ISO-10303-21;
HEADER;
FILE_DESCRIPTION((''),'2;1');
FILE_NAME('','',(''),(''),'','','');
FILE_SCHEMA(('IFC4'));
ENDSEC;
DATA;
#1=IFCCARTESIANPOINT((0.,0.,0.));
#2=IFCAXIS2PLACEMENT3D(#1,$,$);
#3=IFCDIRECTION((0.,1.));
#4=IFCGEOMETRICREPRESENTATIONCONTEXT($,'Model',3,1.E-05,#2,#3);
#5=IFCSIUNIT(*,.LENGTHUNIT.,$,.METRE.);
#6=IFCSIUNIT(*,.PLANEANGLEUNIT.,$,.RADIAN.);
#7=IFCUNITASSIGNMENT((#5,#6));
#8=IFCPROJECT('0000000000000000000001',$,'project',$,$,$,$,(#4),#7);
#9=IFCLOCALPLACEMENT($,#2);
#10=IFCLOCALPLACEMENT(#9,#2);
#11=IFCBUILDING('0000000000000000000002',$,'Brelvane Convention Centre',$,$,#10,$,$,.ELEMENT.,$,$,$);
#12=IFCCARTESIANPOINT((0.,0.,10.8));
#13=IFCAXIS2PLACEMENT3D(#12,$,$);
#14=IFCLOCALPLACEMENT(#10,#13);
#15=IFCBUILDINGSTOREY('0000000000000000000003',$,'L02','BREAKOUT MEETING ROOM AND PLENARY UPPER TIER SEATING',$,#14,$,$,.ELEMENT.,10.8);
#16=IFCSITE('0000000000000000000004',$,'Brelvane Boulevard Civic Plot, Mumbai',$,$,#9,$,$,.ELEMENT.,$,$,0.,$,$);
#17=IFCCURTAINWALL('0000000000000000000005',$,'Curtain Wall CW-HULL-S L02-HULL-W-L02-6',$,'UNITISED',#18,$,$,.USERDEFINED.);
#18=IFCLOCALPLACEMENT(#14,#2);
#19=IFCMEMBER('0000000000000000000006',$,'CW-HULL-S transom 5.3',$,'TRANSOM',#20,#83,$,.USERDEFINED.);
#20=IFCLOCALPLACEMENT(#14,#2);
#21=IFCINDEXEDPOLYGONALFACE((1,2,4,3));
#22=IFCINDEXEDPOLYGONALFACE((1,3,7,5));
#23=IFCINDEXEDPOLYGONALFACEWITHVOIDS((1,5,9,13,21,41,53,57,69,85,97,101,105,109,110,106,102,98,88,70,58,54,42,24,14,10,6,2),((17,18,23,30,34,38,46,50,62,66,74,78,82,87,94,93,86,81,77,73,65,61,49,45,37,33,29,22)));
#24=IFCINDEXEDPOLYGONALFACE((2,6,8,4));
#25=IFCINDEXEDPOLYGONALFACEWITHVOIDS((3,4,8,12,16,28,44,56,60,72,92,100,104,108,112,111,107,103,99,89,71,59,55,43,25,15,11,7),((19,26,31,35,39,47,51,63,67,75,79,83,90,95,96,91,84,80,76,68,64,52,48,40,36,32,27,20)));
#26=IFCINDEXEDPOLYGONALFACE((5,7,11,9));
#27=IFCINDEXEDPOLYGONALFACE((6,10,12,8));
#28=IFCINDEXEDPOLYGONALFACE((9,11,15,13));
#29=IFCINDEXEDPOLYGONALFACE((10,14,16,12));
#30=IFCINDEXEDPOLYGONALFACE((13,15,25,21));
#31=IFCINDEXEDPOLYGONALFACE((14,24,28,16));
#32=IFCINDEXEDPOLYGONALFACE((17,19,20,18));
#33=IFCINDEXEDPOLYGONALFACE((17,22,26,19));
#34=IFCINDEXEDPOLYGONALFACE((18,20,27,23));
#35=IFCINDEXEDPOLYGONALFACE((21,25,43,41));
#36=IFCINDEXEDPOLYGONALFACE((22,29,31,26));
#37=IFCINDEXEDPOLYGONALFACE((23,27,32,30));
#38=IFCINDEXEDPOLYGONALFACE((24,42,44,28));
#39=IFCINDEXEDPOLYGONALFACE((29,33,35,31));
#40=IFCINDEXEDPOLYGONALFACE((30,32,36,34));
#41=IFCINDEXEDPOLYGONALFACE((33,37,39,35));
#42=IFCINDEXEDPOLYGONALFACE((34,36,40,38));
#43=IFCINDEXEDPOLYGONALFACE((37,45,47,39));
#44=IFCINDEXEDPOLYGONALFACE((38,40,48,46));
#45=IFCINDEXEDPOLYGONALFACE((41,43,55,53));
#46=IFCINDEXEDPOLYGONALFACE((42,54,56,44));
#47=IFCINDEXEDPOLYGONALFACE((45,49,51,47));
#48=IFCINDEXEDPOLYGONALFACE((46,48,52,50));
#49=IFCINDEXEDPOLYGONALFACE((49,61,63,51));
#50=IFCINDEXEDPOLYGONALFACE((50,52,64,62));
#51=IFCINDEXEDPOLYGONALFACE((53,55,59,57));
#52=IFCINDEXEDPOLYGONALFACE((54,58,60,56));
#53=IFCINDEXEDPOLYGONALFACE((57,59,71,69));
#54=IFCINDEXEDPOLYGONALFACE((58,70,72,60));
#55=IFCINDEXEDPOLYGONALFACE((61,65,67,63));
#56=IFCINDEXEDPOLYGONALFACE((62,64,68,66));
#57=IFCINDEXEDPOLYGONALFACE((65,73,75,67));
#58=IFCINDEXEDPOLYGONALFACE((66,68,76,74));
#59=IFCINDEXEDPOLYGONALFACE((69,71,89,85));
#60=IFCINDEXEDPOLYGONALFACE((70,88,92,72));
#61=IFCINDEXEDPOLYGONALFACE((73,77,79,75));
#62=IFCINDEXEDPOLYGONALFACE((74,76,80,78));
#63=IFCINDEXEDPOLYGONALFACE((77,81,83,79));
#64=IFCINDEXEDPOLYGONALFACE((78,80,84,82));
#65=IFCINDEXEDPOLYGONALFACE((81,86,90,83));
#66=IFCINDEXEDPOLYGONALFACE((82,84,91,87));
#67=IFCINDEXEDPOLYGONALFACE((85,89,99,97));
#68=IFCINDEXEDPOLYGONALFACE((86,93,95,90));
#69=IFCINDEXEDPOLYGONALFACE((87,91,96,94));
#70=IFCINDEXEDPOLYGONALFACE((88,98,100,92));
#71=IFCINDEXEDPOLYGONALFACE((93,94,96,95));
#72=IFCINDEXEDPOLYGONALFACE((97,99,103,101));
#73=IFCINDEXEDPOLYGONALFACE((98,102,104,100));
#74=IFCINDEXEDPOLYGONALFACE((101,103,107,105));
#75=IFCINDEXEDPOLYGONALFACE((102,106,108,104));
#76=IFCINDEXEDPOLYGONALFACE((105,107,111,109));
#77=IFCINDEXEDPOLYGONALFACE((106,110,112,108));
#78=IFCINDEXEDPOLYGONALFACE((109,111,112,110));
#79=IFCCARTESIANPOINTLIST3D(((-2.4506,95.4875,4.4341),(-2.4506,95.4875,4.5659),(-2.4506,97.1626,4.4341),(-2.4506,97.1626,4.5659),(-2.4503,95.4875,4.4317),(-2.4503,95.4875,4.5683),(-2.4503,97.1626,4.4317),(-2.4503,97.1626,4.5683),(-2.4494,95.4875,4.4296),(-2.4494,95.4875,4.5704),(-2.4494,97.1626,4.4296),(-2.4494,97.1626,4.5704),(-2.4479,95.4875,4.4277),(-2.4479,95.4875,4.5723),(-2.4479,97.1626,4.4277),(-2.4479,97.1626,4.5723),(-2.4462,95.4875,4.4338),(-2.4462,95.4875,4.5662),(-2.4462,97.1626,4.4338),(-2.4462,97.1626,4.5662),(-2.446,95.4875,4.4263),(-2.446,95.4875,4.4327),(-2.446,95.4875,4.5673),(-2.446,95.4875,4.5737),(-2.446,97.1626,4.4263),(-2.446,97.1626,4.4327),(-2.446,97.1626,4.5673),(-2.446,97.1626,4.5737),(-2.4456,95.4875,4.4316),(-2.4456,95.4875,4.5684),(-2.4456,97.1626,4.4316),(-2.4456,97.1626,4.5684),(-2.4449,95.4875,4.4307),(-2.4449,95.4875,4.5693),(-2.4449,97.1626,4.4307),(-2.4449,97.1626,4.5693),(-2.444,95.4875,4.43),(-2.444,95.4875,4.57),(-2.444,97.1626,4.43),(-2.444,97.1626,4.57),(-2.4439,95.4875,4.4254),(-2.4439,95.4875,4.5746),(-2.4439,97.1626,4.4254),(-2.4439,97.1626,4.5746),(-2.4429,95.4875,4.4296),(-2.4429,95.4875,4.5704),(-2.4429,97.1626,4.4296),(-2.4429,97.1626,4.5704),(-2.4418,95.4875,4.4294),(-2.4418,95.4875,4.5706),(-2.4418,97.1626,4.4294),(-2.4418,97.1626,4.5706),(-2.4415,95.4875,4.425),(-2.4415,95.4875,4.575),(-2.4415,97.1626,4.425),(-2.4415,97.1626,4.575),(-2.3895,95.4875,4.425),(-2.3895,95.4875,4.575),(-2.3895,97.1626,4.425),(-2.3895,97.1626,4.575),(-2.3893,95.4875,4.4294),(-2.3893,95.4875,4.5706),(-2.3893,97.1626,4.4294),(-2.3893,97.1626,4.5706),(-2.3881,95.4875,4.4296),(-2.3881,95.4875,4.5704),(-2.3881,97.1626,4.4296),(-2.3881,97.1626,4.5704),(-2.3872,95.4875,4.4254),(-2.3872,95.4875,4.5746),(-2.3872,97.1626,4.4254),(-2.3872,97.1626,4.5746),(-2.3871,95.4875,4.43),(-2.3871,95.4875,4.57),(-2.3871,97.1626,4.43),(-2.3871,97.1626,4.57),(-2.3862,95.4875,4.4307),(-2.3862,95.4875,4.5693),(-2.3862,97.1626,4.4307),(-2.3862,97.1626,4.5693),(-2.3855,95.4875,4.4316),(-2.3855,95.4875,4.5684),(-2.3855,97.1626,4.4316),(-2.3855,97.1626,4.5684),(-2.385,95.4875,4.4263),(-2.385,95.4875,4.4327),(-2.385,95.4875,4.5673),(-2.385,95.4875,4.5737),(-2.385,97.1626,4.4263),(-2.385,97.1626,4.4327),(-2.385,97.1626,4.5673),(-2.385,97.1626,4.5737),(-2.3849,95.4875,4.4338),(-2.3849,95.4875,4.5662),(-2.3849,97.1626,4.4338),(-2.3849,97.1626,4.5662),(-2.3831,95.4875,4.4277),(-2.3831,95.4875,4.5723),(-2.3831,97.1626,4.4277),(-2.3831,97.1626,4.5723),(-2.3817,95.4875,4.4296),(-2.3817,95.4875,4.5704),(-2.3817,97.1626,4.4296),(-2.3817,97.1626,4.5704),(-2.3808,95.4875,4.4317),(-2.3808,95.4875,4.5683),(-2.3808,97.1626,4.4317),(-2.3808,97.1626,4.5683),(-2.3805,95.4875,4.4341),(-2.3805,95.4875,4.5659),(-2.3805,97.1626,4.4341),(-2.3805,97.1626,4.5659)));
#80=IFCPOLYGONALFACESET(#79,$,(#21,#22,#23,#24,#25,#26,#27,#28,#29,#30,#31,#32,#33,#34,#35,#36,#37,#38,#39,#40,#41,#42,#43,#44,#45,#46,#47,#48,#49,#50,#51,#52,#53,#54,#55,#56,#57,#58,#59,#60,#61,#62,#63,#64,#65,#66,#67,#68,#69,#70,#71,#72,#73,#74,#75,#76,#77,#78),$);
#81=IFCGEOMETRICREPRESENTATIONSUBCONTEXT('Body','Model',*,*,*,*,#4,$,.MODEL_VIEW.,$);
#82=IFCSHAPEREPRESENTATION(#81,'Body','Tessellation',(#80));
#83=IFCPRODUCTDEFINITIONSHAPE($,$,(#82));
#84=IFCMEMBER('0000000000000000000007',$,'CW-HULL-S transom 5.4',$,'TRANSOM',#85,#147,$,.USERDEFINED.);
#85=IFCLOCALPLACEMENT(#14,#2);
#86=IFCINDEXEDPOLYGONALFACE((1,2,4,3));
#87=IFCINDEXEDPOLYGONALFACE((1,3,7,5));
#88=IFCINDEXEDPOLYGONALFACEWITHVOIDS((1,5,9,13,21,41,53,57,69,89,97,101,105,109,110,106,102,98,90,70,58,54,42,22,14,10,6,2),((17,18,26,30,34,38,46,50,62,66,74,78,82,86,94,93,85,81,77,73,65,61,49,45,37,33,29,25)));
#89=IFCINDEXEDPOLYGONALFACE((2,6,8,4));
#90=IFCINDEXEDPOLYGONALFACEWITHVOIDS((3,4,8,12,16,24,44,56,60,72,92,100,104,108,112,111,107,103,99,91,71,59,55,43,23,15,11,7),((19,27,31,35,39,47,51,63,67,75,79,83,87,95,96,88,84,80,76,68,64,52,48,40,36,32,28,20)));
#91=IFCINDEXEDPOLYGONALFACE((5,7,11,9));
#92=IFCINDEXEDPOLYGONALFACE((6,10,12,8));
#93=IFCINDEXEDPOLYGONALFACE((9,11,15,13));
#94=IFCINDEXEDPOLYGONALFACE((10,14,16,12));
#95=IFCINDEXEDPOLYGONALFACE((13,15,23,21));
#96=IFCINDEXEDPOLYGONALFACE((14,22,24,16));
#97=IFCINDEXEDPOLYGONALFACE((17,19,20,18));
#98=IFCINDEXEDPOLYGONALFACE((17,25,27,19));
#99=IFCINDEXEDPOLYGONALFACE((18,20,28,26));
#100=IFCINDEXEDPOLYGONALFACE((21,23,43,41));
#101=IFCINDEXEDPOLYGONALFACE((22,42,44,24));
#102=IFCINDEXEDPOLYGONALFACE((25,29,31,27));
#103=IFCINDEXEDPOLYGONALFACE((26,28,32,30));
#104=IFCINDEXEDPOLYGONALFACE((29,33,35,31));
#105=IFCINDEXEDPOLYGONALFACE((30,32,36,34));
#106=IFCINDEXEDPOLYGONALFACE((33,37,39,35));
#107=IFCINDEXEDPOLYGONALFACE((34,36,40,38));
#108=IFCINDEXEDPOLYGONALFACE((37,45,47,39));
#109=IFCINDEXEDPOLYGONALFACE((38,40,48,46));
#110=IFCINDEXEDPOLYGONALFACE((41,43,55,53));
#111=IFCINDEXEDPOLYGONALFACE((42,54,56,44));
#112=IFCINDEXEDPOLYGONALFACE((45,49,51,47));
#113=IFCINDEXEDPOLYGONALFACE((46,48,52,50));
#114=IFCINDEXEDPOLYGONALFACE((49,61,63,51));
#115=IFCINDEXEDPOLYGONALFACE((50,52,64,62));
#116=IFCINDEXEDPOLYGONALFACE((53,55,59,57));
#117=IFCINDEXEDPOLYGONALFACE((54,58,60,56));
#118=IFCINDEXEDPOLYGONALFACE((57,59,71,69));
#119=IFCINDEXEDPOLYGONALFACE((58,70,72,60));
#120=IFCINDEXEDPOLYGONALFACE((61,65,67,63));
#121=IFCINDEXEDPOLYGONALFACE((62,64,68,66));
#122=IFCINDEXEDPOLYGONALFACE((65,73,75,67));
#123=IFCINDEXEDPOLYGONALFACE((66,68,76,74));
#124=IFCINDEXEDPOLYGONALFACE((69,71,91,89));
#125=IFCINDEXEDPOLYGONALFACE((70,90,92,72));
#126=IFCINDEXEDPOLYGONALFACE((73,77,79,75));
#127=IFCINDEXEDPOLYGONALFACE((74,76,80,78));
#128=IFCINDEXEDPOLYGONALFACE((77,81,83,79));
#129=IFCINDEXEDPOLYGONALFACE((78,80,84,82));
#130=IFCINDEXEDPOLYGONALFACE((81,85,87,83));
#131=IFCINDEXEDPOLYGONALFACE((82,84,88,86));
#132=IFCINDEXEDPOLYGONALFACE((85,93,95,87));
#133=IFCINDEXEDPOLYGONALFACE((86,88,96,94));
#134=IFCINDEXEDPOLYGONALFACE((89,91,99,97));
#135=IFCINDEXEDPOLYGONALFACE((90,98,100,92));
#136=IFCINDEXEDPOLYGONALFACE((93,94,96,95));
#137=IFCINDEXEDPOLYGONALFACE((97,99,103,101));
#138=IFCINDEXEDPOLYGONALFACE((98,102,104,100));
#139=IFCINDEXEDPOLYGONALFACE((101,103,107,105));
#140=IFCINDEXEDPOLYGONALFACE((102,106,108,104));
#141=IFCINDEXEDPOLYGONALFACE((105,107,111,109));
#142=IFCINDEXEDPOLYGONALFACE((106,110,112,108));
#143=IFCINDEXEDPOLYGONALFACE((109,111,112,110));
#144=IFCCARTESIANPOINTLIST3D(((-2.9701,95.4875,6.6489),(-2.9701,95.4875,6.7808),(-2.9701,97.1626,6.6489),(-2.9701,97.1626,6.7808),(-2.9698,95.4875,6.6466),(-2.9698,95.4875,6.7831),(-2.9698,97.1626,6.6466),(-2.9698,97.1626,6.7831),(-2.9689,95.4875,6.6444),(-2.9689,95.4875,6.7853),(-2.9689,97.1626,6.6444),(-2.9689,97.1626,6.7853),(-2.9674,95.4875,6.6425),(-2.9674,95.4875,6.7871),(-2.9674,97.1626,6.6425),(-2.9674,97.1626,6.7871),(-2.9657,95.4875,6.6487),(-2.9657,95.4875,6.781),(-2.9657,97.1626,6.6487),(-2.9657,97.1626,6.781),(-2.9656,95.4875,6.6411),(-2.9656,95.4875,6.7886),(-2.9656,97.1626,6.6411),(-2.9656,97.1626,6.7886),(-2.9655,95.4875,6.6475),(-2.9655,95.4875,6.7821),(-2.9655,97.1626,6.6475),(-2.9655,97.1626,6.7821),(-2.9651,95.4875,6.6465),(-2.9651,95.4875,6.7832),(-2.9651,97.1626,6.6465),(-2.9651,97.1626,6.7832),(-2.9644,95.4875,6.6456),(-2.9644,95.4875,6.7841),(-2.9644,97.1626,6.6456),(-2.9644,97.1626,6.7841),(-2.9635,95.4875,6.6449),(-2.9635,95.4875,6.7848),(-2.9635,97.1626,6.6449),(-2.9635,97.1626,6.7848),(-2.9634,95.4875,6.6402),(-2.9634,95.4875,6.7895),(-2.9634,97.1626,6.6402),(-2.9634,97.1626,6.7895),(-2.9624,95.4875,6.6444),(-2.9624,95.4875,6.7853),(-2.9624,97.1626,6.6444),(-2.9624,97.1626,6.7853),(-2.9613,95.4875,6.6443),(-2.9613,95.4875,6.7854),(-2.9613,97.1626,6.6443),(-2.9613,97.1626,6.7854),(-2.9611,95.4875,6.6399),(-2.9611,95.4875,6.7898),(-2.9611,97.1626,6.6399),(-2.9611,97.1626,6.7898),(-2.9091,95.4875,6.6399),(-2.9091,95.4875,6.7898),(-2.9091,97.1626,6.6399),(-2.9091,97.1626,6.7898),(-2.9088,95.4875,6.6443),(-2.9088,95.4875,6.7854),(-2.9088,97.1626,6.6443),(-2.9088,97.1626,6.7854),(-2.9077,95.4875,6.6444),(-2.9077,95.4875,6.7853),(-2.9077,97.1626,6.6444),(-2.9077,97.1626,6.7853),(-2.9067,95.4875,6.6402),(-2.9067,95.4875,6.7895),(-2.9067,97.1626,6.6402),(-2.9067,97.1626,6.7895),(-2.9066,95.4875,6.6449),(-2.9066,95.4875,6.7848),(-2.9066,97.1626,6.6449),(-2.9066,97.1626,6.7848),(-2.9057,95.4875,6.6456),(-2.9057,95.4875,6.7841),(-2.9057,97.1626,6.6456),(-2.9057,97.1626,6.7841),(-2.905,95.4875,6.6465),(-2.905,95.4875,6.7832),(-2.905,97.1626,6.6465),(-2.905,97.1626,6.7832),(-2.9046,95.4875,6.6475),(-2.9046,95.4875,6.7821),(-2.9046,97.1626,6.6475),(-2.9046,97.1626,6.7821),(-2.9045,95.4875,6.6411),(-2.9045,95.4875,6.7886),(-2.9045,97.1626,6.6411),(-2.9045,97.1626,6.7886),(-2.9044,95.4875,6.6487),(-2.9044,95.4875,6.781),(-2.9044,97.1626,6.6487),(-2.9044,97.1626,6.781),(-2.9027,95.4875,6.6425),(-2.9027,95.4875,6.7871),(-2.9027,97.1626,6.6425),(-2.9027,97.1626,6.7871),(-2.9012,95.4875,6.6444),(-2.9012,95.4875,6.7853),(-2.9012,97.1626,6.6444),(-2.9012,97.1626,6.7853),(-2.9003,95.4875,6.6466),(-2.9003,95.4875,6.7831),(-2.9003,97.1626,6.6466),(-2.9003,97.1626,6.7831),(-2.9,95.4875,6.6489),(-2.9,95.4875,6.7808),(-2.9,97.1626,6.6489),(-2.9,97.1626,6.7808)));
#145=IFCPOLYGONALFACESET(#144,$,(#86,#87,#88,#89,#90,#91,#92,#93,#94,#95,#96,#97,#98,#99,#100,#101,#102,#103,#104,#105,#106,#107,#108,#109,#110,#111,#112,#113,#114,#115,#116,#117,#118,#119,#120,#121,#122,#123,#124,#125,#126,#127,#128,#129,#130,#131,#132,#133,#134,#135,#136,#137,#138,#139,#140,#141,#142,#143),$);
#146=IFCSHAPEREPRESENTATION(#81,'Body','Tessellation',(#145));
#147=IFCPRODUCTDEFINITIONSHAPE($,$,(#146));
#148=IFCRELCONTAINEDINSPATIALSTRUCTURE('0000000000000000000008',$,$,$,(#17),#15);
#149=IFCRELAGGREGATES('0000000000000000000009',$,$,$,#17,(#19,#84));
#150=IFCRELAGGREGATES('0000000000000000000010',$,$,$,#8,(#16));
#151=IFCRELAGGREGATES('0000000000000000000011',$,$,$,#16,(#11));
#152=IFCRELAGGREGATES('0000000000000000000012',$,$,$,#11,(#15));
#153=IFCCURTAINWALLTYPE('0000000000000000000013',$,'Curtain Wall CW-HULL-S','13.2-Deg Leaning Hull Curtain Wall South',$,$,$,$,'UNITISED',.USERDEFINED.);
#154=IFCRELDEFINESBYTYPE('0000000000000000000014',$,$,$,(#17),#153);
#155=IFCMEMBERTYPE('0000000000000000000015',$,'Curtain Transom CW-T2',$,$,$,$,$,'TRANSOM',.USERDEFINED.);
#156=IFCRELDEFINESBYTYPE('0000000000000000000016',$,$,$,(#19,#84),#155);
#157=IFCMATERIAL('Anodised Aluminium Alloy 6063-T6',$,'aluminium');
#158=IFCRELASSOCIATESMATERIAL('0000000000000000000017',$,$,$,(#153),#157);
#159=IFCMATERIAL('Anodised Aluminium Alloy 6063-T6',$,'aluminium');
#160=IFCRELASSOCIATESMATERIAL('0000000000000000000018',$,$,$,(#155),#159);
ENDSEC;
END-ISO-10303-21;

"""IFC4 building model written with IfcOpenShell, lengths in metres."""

from ifc_helpers import new_model, si_unit, direction, frame, origin, origin_2d, place, context, subcontext, project, spatial, hollow_rectangle, extrude, material, material_profile, profile_set, type_object, element, aggregate, save


model = new_model("IFC4")

# Units and contexts
model_context = context("Model", 3, precision=1e-05, world=origin(), true_north=direction((0.0, 1.0)))
body_context = subcontext(model_context, "Body", "Model", "MODEL_VIEW")
ifc_project = project(units=[si_unit("LENGTHUNIT", "METRE"), si_unit("PLANEANGLEUNIT", "RADIAN")], contexts=[model_context])

# Site, building, storey
site_placement = place(None, origin())
site = spatial("IfcSite", under=ifc_project, at=site_placement, Name="Brelvane Boulevard Civic Plot, Mumbai", CompositionType="ELEMENT", RefElevation=0.0)
building_placement = place(site_placement, origin())
building = spatial("IfcBuilding", under=site, at=building_placement, Name="Brelvane Convention Centre", CompositionType="ELEMENT")
storey_placement = place(building_placement, frame((0.0, 0.0, 10.8)))
storey = spatial("IfcBuildingStorey", under=building, at=storey_placement, Name="L02", Description="BREAKOUT MEETING ROOM AND PLENARY UPPER TIER SEATING", CompositionType="ELEMENT", Elevation=10.8)

# Curtain wall, members
ifc_material_1 = material(Name="Anodised Aluminium Alloy 6063-T6", Category="aluminium")
curtain_wall_type = type_object("IfcCurtainWallType", Name="Curtain Wall CW-HULL-S", Description="13.2-Deg Leaning Hull Curtain Wall South", ElementType="UNITISED", PredefinedType="USERDEFINED", material=ifc_material_1)
curtain_wall_placement = place(storey_placement, origin())
curtain_wall = element("IfcCurtainWall", 1, at=curtain_wall_placement, inside=storey, type_object=curtain_wall_type, Name="Curtain Wall CW-HULL-S L02-HULL-W-L02-6", ObjectType="UNITISED", PredefinedType="USERDEFINED")
ifc_material_2 = material(Name="Anodised Aluminium Alloy 6063-T6", Category="aluminium")
ifc_material_profile_1 = material_profile(ifc_material_2, hollow_rectangle(XDim=0.0701, YDim=0.1499, WallThickness=0.0044, InnerFilletRadius=0.0044, OuterFilletRadius=0.009, at=origin_2d()), Name="ALU-T 150x70x4.5")
ifc_profile_set_1 = profile_set([ifc_material_profile_1], Name="Anodised Aluminium Alloy 6063-T6")
member_type_1 = type_object("IfcMemberType", Name="Curtain Transom CW-T2", ElementType="TRANSOM", PredefinedType="USERDEFINED", material=ifc_profile_set_1)
member_1_placement = place(storey_placement, frame((-2.4155, 95.4875, 4.5), z_axis=(0.0, 1.0, 0.0), x_axis=(-1.0, 0.0, 0.0)))
member_1 = element("IfcMember", 2, at=member_1_placement, type_object=member_type_1, Name="CW-HULL-S transom 5.3", ObjectType="TRANSOM", PredefinedType="USERDEFINED", context=body_context, shape_type="SweptSolid", body=[
    extrude(hollow_rectangle(XDim=0.0701, YDim=0.1499, WallThickness=0.0044, InnerFilletRadius=0.0044, OuterFilletRadius=0.009, at=origin_2d()), origin(), (0.0, 0.0, 1.0), 1.675),
])
member_2_placement = place(storey_placement, frame((-2.9351, 95.4875, 6.7148), z_axis=(0.0, 1.0, 0.0), x_axis=(-1.0, 0.0, 0.0)))
member_2 = element("IfcMember", 3, at=member_2_placement, type_object=member_type_1, Name="CW-HULL-S transom 5.4", ObjectType="TRANSOM", PredefinedType="USERDEFINED", context=body_context, shape_type="SweptSolid", body=[
    extrude(hollow_rectangle(XDim=0.0701, YDim=0.1499, WallThickness=0.0044, InnerFilletRadius=0.0044, OuterFilletRadius=0.009, at=origin_2d()), origin(), (0.0, 0.0, 1.0), 1.675),
])
aggregate(curtain_wall, [member_1, member_2])

save(model, "model.ifc")
